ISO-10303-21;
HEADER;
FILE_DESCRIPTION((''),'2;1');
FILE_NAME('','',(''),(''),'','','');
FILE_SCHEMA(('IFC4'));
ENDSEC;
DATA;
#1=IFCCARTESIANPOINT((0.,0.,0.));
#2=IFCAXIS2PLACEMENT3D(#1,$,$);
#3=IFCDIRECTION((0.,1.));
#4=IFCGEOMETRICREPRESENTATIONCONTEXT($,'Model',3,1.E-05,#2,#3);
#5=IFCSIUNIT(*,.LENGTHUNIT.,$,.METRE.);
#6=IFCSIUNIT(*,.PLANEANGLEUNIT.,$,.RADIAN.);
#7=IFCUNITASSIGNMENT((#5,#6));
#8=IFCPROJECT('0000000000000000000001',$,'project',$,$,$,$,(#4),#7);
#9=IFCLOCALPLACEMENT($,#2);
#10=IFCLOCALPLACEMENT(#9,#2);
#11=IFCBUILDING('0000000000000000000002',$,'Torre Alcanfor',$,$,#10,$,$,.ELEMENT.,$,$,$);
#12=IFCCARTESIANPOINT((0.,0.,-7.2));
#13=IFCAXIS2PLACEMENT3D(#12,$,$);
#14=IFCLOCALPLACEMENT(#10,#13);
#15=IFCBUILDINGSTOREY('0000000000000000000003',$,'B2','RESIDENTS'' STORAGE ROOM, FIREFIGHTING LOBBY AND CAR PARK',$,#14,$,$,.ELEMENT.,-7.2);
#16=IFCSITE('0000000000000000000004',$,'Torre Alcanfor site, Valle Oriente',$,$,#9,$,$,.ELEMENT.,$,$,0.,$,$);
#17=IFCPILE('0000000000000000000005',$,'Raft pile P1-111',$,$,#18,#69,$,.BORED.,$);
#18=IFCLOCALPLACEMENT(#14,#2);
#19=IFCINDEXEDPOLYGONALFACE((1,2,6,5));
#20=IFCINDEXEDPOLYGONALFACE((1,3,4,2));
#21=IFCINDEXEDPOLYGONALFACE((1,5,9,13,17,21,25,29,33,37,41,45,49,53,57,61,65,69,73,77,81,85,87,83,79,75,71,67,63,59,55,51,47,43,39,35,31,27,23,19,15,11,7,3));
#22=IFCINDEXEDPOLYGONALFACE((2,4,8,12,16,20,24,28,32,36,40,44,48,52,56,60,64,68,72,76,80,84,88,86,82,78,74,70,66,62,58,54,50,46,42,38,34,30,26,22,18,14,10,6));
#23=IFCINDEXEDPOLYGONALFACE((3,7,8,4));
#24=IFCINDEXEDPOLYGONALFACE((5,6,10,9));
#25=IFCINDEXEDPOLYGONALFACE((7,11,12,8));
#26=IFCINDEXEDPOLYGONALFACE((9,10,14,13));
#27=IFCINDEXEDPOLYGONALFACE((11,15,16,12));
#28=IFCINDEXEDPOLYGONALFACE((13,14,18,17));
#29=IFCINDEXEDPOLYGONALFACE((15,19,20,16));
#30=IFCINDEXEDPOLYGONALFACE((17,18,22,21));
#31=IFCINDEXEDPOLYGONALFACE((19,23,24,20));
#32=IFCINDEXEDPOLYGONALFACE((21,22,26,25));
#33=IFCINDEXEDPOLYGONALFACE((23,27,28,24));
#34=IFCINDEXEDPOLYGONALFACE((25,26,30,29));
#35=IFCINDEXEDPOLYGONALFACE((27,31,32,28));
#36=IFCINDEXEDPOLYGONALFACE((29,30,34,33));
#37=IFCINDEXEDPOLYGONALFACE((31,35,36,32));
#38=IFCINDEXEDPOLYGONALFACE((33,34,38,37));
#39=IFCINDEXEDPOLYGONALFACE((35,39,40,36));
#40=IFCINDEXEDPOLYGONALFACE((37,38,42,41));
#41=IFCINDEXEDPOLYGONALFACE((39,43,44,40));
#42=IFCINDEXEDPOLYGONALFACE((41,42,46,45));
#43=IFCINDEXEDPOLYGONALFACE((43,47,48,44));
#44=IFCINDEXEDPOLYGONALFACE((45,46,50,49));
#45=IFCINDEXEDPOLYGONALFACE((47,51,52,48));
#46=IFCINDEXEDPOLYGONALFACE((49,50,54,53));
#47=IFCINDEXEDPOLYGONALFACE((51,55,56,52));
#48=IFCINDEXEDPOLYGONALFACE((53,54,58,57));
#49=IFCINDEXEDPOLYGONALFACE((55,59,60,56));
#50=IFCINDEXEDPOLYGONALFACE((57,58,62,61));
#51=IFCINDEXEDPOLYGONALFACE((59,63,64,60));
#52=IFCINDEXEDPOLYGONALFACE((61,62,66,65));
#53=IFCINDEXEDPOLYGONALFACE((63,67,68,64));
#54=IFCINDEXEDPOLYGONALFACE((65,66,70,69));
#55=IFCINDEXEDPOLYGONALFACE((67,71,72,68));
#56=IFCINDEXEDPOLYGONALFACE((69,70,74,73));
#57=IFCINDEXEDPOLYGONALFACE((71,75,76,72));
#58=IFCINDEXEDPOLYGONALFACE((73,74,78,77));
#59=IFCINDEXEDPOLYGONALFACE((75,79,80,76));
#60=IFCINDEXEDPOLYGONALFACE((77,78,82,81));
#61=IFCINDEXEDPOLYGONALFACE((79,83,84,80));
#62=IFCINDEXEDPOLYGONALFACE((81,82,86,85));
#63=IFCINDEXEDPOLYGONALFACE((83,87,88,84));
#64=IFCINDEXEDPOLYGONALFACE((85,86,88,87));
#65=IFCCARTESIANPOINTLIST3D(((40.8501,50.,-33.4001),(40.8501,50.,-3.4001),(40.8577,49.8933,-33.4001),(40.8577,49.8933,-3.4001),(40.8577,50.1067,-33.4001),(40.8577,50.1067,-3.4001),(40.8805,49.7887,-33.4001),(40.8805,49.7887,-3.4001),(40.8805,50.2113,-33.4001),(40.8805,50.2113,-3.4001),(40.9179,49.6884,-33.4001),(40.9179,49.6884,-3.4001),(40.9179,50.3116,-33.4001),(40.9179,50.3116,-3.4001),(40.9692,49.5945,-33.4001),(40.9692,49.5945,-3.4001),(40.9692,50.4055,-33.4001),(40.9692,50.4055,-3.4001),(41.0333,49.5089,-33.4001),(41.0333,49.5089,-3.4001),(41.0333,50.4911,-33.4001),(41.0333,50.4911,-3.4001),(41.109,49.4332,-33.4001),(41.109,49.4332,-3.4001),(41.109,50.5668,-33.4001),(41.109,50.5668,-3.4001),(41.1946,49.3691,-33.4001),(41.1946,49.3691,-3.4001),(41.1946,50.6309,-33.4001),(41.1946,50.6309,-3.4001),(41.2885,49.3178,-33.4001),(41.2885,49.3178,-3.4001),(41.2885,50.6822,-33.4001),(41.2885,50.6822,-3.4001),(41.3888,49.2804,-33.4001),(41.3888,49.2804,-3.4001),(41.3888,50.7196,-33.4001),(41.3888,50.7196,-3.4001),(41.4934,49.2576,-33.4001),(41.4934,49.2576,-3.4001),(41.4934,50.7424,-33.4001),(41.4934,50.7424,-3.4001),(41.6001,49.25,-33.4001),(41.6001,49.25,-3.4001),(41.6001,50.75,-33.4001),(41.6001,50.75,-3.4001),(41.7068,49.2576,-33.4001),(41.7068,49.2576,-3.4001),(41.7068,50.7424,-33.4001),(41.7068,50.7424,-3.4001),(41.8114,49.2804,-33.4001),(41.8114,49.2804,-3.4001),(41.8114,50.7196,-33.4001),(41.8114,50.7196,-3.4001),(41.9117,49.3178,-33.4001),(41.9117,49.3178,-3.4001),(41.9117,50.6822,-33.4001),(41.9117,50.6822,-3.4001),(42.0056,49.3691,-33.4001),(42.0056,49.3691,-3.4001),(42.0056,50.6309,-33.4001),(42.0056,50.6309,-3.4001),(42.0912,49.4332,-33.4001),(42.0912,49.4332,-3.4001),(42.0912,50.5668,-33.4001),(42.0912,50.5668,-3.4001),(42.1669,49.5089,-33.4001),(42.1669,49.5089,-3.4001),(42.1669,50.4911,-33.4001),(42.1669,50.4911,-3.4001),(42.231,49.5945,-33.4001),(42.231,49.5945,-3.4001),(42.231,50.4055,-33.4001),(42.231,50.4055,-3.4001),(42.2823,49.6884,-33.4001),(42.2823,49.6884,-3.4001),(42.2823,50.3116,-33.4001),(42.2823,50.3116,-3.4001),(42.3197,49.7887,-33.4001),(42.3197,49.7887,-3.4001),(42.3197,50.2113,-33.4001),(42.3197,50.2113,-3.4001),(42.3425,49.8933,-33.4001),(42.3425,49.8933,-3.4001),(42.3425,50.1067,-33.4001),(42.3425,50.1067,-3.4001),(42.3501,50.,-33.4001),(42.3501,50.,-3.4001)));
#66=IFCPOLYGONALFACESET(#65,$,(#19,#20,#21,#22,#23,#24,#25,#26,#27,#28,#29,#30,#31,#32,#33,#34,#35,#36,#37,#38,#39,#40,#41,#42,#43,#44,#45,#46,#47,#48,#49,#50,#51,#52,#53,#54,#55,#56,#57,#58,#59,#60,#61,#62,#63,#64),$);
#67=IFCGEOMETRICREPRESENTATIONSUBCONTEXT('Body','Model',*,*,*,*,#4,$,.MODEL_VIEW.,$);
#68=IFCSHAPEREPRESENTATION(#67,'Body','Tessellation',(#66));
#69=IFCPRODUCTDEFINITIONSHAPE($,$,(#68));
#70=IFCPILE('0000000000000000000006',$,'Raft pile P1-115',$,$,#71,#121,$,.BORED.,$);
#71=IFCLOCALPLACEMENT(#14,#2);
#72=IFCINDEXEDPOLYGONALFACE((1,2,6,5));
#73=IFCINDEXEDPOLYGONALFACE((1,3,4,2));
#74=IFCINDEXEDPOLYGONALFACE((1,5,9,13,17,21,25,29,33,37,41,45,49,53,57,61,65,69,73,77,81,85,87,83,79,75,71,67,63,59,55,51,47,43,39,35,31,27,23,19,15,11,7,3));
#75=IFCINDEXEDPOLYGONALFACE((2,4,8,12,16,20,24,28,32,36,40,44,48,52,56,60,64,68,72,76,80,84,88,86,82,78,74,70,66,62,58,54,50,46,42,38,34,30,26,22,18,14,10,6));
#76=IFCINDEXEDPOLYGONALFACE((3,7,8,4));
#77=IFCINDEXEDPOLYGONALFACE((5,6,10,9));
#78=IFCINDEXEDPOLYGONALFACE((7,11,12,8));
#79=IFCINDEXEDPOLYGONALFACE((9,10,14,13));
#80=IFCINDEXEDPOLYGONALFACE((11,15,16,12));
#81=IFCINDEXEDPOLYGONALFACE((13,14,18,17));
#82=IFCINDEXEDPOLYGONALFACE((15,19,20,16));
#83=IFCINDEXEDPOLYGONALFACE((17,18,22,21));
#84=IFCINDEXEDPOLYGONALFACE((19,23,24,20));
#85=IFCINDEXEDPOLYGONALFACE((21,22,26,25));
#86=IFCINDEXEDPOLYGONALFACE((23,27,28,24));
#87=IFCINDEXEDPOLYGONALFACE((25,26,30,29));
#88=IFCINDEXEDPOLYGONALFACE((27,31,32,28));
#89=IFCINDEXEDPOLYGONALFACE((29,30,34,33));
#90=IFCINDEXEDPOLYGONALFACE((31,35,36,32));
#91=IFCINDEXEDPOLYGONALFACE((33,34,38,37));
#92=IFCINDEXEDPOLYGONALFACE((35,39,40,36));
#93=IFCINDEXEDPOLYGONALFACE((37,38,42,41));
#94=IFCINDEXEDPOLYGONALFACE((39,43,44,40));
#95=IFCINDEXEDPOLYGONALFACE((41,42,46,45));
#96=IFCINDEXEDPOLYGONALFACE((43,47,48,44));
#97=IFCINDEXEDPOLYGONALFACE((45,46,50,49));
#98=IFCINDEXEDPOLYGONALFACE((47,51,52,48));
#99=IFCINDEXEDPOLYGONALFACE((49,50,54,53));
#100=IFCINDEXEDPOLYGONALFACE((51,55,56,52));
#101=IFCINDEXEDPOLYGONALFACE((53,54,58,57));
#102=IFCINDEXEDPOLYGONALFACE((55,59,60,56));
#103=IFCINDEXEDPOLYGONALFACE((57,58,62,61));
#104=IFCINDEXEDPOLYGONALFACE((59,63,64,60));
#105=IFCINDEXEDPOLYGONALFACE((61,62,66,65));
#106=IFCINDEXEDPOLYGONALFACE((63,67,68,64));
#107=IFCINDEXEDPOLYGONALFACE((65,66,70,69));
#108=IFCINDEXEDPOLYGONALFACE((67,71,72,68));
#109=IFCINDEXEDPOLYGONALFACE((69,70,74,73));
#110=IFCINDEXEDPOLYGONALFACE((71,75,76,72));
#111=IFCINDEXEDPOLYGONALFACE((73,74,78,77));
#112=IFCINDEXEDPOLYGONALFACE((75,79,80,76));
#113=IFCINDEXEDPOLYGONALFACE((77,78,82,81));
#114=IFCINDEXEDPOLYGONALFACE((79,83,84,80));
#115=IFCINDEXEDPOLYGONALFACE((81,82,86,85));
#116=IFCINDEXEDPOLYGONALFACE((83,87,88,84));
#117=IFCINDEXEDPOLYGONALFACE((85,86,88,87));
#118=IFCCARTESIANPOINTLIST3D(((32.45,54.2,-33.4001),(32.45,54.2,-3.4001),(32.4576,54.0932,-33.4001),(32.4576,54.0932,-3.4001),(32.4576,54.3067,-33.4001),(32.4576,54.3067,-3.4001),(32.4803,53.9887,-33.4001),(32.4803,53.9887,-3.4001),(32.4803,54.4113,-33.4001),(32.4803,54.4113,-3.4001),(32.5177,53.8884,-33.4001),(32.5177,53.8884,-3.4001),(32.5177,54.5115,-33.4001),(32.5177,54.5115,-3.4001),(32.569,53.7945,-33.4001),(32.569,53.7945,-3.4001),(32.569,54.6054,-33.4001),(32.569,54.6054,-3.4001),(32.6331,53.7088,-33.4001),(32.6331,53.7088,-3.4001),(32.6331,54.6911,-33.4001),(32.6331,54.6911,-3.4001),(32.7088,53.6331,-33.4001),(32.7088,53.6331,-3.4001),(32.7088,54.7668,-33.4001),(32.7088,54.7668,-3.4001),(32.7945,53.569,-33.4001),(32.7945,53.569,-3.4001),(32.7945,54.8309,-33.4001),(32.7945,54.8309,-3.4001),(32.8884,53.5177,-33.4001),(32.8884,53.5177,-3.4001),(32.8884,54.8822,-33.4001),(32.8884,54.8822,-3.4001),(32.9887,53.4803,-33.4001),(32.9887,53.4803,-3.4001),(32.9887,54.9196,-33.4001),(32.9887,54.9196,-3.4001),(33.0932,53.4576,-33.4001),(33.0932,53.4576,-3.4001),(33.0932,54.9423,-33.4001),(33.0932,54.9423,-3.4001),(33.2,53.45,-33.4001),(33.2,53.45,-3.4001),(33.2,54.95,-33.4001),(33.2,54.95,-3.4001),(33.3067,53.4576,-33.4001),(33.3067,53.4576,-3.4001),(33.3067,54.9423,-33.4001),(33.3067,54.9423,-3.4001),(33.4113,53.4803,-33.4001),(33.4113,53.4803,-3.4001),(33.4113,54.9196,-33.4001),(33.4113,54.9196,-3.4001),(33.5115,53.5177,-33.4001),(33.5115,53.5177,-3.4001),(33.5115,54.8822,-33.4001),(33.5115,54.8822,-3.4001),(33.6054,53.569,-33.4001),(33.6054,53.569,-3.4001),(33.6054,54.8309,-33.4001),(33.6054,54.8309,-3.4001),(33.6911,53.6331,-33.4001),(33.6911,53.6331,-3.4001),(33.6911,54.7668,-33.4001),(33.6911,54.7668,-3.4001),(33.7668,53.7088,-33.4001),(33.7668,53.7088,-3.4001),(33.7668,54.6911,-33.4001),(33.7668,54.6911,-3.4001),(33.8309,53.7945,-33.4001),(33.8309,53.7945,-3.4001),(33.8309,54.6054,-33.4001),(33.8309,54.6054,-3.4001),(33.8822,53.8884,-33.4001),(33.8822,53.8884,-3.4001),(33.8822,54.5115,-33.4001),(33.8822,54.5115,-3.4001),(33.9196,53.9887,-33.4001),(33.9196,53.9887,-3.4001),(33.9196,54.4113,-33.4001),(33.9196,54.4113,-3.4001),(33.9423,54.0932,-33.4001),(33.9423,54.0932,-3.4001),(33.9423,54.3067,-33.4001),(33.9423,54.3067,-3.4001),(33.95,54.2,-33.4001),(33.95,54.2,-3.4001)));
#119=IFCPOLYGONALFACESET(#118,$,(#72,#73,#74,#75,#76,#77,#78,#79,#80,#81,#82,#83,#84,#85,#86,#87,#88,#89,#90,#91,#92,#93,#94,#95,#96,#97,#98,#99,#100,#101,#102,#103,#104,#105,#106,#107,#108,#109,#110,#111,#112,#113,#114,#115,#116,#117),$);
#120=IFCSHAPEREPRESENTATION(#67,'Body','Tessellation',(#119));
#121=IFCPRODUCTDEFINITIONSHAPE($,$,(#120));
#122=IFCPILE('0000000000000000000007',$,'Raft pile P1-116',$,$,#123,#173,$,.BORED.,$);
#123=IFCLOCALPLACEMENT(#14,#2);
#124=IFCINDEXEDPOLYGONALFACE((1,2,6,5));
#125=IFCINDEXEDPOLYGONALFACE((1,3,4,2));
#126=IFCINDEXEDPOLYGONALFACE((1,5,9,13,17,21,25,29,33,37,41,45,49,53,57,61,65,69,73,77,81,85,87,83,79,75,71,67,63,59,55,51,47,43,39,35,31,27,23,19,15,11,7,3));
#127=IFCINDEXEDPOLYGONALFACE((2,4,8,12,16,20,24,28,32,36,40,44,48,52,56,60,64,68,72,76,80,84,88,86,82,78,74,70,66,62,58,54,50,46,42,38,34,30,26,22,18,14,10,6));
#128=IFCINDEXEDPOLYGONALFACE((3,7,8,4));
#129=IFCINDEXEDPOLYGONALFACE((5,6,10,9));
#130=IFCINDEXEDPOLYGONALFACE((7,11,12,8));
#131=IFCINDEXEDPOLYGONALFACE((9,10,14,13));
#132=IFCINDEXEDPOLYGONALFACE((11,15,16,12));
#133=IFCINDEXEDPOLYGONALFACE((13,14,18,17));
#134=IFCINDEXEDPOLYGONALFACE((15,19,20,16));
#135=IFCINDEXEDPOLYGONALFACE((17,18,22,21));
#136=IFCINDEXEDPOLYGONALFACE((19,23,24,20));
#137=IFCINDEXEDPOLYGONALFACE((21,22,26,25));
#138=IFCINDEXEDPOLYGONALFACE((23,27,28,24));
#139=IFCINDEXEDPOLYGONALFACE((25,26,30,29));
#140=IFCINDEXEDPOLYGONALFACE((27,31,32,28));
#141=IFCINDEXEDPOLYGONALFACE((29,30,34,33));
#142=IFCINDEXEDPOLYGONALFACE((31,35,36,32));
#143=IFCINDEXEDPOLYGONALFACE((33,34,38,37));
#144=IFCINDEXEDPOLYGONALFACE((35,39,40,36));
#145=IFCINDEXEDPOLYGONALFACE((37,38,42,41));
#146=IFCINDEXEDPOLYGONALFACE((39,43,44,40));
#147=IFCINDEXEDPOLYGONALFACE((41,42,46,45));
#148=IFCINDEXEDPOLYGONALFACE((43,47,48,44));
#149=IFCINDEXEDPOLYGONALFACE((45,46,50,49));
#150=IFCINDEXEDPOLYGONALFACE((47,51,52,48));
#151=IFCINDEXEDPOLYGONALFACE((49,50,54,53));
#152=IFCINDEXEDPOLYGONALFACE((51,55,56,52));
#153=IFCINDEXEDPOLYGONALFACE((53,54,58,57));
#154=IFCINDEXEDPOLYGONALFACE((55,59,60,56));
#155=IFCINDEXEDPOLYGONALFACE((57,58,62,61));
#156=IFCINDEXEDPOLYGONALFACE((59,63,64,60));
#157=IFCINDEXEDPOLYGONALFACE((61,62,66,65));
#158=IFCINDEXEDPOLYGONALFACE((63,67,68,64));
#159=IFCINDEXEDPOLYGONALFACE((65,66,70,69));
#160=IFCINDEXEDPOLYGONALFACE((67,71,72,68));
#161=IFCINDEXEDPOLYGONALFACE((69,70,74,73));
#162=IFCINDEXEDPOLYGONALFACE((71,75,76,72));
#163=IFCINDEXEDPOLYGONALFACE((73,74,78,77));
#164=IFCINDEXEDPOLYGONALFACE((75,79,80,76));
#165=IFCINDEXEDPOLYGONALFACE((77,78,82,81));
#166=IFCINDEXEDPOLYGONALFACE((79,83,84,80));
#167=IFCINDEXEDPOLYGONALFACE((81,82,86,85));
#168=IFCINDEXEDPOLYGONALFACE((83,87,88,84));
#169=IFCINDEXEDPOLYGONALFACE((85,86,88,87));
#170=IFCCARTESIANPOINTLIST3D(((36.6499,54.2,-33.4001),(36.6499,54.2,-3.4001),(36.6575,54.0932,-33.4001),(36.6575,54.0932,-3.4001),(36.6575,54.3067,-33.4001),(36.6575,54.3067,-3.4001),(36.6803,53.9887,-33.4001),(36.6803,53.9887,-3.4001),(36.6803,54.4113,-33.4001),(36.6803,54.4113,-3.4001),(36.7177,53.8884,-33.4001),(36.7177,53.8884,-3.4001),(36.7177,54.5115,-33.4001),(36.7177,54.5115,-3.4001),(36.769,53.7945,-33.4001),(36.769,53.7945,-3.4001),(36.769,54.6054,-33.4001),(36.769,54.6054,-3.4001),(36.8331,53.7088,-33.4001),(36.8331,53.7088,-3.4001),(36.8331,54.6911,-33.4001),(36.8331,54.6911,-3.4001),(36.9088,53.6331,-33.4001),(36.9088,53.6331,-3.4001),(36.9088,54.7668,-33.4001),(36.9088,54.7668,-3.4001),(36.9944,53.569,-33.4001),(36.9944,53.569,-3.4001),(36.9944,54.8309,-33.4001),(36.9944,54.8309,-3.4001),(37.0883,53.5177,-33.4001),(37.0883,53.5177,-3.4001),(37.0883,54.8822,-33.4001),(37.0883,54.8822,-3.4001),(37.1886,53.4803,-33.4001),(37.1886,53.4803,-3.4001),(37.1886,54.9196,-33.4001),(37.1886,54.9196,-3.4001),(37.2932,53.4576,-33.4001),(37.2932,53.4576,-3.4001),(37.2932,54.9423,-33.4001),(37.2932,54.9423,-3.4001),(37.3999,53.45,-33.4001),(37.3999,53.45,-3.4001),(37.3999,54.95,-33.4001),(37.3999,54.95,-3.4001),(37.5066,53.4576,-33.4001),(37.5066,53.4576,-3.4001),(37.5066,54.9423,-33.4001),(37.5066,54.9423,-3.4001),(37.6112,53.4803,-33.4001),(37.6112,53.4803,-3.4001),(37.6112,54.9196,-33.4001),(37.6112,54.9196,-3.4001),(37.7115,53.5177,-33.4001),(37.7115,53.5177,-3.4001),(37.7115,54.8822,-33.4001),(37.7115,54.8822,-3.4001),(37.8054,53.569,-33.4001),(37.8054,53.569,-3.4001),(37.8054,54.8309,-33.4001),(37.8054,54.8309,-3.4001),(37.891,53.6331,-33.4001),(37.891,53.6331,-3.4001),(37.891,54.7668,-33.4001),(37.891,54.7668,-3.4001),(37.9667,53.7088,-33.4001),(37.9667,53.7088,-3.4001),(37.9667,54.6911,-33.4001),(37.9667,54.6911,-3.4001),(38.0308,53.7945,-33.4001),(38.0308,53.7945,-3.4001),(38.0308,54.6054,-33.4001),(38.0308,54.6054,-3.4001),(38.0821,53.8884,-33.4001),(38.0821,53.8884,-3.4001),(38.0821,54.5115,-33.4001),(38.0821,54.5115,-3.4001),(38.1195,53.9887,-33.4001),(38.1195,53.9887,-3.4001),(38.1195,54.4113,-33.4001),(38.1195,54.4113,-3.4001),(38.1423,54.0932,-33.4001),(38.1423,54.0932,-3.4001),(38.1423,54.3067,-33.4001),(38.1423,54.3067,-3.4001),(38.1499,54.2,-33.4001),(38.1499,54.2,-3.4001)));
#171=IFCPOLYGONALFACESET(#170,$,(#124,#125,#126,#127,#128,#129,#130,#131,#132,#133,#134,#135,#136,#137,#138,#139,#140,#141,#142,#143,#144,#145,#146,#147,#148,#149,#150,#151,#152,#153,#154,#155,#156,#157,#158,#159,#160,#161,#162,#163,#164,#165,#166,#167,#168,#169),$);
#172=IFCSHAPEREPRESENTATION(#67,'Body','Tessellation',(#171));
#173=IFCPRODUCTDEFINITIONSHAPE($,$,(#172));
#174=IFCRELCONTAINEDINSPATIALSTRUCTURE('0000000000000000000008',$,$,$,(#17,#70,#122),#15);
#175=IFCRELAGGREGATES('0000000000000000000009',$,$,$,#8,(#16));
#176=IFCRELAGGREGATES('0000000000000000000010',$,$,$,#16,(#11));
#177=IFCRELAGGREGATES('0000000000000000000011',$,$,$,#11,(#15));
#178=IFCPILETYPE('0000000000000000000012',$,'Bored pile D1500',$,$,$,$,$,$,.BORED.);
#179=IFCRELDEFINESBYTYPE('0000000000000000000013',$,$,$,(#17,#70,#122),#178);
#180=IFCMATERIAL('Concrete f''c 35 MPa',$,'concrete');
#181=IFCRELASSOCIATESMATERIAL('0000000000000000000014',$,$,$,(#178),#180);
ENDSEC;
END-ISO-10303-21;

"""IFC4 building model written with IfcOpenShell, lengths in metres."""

from ifc_helpers import new_model, si_unit, direction, frame, origin, origin_2d, place, context, subcontext, project, spatial, circle, extrude, material, material_profile, profile_set, type_object, element, save


model = new_model("IFC4")

# Units and contexts
model_context = context("Model", 3, precision=1e-05, world=origin(), true_north=direction((0.0, 1.0)))
body_context = subcontext(model_context, "Body", "Model", "MODEL_VIEW")
ifc_project = project(units=[si_unit("LENGTHUNIT", "METRE"), si_unit("PLANEANGLEUNIT", "RADIAN")], contexts=[model_context])

# Site, building, storey
site_placement = place(None, origin())
site = spatial("IfcSite", under=ifc_project, at=site_placement, Name="Torre Alcanfor site, Valle Oriente", CompositionType="ELEMENT", RefElevation=0.0)
building_placement = place(site_placement, origin())
building = spatial("IfcBuilding", under=site, at=building_placement, Name="Torre Alcanfor", CompositionType="ELEMENT")
storey_placement = place(building_placement, frame((0.0, 0.0, -7.2)))
storey = spatial("IfcBuildingStorey", under=building, at=storey_placement, Name="B2", Description="RESIDENTS' STORAGE ROOM, FIREFIGHTING LOBBY AND CAR PARK", CompositionType="ELEMENT", Elevation=-7.2)

# Piles
ifc_material_1 = material(Name="Concrete f'c 35 MPa", Category="concrete")
ifc_material_profile_1 = material_profile(ifc_material_1, circle(Radius=0.75, at=origin_2d()), Name="D1500")
ifc_profile_set_1 = profile_set([ifc_material_profile_1], Name="Concrete f'c 35 MPa")
pile_type = type_object("IfcPileType", Name="Bored pile D1500", PredefinedType="BORED", material=ifc_profile_set_1)
for number, where, z_axis, x_axis, name in (
    (1, (41.6001, 50.0, -3.4001), (0.0, 0.0, -1.0), (1.0, 0.0, 0.0), "Raft pile P1-111"),
    (2, (33.2, 54.2, -3.4001), (0.0, 0.0, -1.0), (1.0, 0.0, 0.0), "Raft pile P1-115"),
    (3, (37.3999, 54.2, -3.4001), (0.0, 0.0, -1.0), (1.0, 0.0, 0.0), "Raft pile P1-116"),
):
    element("IfcPile", number, at=place(storey_placement, frame(where, z_axis=z_axis, x_axis=x_axis)), inside=storey, type_object=pile_type, Name=name, PredefinedType="BORED", context=body_context, shape_type="SweptSolid", body=[
        extrude(circle(Radius=0.75, at=origin_2d()), origin(), (0.0, 0.0, 1.0), 30.0),
    ])

save(model, "model.ifc")
